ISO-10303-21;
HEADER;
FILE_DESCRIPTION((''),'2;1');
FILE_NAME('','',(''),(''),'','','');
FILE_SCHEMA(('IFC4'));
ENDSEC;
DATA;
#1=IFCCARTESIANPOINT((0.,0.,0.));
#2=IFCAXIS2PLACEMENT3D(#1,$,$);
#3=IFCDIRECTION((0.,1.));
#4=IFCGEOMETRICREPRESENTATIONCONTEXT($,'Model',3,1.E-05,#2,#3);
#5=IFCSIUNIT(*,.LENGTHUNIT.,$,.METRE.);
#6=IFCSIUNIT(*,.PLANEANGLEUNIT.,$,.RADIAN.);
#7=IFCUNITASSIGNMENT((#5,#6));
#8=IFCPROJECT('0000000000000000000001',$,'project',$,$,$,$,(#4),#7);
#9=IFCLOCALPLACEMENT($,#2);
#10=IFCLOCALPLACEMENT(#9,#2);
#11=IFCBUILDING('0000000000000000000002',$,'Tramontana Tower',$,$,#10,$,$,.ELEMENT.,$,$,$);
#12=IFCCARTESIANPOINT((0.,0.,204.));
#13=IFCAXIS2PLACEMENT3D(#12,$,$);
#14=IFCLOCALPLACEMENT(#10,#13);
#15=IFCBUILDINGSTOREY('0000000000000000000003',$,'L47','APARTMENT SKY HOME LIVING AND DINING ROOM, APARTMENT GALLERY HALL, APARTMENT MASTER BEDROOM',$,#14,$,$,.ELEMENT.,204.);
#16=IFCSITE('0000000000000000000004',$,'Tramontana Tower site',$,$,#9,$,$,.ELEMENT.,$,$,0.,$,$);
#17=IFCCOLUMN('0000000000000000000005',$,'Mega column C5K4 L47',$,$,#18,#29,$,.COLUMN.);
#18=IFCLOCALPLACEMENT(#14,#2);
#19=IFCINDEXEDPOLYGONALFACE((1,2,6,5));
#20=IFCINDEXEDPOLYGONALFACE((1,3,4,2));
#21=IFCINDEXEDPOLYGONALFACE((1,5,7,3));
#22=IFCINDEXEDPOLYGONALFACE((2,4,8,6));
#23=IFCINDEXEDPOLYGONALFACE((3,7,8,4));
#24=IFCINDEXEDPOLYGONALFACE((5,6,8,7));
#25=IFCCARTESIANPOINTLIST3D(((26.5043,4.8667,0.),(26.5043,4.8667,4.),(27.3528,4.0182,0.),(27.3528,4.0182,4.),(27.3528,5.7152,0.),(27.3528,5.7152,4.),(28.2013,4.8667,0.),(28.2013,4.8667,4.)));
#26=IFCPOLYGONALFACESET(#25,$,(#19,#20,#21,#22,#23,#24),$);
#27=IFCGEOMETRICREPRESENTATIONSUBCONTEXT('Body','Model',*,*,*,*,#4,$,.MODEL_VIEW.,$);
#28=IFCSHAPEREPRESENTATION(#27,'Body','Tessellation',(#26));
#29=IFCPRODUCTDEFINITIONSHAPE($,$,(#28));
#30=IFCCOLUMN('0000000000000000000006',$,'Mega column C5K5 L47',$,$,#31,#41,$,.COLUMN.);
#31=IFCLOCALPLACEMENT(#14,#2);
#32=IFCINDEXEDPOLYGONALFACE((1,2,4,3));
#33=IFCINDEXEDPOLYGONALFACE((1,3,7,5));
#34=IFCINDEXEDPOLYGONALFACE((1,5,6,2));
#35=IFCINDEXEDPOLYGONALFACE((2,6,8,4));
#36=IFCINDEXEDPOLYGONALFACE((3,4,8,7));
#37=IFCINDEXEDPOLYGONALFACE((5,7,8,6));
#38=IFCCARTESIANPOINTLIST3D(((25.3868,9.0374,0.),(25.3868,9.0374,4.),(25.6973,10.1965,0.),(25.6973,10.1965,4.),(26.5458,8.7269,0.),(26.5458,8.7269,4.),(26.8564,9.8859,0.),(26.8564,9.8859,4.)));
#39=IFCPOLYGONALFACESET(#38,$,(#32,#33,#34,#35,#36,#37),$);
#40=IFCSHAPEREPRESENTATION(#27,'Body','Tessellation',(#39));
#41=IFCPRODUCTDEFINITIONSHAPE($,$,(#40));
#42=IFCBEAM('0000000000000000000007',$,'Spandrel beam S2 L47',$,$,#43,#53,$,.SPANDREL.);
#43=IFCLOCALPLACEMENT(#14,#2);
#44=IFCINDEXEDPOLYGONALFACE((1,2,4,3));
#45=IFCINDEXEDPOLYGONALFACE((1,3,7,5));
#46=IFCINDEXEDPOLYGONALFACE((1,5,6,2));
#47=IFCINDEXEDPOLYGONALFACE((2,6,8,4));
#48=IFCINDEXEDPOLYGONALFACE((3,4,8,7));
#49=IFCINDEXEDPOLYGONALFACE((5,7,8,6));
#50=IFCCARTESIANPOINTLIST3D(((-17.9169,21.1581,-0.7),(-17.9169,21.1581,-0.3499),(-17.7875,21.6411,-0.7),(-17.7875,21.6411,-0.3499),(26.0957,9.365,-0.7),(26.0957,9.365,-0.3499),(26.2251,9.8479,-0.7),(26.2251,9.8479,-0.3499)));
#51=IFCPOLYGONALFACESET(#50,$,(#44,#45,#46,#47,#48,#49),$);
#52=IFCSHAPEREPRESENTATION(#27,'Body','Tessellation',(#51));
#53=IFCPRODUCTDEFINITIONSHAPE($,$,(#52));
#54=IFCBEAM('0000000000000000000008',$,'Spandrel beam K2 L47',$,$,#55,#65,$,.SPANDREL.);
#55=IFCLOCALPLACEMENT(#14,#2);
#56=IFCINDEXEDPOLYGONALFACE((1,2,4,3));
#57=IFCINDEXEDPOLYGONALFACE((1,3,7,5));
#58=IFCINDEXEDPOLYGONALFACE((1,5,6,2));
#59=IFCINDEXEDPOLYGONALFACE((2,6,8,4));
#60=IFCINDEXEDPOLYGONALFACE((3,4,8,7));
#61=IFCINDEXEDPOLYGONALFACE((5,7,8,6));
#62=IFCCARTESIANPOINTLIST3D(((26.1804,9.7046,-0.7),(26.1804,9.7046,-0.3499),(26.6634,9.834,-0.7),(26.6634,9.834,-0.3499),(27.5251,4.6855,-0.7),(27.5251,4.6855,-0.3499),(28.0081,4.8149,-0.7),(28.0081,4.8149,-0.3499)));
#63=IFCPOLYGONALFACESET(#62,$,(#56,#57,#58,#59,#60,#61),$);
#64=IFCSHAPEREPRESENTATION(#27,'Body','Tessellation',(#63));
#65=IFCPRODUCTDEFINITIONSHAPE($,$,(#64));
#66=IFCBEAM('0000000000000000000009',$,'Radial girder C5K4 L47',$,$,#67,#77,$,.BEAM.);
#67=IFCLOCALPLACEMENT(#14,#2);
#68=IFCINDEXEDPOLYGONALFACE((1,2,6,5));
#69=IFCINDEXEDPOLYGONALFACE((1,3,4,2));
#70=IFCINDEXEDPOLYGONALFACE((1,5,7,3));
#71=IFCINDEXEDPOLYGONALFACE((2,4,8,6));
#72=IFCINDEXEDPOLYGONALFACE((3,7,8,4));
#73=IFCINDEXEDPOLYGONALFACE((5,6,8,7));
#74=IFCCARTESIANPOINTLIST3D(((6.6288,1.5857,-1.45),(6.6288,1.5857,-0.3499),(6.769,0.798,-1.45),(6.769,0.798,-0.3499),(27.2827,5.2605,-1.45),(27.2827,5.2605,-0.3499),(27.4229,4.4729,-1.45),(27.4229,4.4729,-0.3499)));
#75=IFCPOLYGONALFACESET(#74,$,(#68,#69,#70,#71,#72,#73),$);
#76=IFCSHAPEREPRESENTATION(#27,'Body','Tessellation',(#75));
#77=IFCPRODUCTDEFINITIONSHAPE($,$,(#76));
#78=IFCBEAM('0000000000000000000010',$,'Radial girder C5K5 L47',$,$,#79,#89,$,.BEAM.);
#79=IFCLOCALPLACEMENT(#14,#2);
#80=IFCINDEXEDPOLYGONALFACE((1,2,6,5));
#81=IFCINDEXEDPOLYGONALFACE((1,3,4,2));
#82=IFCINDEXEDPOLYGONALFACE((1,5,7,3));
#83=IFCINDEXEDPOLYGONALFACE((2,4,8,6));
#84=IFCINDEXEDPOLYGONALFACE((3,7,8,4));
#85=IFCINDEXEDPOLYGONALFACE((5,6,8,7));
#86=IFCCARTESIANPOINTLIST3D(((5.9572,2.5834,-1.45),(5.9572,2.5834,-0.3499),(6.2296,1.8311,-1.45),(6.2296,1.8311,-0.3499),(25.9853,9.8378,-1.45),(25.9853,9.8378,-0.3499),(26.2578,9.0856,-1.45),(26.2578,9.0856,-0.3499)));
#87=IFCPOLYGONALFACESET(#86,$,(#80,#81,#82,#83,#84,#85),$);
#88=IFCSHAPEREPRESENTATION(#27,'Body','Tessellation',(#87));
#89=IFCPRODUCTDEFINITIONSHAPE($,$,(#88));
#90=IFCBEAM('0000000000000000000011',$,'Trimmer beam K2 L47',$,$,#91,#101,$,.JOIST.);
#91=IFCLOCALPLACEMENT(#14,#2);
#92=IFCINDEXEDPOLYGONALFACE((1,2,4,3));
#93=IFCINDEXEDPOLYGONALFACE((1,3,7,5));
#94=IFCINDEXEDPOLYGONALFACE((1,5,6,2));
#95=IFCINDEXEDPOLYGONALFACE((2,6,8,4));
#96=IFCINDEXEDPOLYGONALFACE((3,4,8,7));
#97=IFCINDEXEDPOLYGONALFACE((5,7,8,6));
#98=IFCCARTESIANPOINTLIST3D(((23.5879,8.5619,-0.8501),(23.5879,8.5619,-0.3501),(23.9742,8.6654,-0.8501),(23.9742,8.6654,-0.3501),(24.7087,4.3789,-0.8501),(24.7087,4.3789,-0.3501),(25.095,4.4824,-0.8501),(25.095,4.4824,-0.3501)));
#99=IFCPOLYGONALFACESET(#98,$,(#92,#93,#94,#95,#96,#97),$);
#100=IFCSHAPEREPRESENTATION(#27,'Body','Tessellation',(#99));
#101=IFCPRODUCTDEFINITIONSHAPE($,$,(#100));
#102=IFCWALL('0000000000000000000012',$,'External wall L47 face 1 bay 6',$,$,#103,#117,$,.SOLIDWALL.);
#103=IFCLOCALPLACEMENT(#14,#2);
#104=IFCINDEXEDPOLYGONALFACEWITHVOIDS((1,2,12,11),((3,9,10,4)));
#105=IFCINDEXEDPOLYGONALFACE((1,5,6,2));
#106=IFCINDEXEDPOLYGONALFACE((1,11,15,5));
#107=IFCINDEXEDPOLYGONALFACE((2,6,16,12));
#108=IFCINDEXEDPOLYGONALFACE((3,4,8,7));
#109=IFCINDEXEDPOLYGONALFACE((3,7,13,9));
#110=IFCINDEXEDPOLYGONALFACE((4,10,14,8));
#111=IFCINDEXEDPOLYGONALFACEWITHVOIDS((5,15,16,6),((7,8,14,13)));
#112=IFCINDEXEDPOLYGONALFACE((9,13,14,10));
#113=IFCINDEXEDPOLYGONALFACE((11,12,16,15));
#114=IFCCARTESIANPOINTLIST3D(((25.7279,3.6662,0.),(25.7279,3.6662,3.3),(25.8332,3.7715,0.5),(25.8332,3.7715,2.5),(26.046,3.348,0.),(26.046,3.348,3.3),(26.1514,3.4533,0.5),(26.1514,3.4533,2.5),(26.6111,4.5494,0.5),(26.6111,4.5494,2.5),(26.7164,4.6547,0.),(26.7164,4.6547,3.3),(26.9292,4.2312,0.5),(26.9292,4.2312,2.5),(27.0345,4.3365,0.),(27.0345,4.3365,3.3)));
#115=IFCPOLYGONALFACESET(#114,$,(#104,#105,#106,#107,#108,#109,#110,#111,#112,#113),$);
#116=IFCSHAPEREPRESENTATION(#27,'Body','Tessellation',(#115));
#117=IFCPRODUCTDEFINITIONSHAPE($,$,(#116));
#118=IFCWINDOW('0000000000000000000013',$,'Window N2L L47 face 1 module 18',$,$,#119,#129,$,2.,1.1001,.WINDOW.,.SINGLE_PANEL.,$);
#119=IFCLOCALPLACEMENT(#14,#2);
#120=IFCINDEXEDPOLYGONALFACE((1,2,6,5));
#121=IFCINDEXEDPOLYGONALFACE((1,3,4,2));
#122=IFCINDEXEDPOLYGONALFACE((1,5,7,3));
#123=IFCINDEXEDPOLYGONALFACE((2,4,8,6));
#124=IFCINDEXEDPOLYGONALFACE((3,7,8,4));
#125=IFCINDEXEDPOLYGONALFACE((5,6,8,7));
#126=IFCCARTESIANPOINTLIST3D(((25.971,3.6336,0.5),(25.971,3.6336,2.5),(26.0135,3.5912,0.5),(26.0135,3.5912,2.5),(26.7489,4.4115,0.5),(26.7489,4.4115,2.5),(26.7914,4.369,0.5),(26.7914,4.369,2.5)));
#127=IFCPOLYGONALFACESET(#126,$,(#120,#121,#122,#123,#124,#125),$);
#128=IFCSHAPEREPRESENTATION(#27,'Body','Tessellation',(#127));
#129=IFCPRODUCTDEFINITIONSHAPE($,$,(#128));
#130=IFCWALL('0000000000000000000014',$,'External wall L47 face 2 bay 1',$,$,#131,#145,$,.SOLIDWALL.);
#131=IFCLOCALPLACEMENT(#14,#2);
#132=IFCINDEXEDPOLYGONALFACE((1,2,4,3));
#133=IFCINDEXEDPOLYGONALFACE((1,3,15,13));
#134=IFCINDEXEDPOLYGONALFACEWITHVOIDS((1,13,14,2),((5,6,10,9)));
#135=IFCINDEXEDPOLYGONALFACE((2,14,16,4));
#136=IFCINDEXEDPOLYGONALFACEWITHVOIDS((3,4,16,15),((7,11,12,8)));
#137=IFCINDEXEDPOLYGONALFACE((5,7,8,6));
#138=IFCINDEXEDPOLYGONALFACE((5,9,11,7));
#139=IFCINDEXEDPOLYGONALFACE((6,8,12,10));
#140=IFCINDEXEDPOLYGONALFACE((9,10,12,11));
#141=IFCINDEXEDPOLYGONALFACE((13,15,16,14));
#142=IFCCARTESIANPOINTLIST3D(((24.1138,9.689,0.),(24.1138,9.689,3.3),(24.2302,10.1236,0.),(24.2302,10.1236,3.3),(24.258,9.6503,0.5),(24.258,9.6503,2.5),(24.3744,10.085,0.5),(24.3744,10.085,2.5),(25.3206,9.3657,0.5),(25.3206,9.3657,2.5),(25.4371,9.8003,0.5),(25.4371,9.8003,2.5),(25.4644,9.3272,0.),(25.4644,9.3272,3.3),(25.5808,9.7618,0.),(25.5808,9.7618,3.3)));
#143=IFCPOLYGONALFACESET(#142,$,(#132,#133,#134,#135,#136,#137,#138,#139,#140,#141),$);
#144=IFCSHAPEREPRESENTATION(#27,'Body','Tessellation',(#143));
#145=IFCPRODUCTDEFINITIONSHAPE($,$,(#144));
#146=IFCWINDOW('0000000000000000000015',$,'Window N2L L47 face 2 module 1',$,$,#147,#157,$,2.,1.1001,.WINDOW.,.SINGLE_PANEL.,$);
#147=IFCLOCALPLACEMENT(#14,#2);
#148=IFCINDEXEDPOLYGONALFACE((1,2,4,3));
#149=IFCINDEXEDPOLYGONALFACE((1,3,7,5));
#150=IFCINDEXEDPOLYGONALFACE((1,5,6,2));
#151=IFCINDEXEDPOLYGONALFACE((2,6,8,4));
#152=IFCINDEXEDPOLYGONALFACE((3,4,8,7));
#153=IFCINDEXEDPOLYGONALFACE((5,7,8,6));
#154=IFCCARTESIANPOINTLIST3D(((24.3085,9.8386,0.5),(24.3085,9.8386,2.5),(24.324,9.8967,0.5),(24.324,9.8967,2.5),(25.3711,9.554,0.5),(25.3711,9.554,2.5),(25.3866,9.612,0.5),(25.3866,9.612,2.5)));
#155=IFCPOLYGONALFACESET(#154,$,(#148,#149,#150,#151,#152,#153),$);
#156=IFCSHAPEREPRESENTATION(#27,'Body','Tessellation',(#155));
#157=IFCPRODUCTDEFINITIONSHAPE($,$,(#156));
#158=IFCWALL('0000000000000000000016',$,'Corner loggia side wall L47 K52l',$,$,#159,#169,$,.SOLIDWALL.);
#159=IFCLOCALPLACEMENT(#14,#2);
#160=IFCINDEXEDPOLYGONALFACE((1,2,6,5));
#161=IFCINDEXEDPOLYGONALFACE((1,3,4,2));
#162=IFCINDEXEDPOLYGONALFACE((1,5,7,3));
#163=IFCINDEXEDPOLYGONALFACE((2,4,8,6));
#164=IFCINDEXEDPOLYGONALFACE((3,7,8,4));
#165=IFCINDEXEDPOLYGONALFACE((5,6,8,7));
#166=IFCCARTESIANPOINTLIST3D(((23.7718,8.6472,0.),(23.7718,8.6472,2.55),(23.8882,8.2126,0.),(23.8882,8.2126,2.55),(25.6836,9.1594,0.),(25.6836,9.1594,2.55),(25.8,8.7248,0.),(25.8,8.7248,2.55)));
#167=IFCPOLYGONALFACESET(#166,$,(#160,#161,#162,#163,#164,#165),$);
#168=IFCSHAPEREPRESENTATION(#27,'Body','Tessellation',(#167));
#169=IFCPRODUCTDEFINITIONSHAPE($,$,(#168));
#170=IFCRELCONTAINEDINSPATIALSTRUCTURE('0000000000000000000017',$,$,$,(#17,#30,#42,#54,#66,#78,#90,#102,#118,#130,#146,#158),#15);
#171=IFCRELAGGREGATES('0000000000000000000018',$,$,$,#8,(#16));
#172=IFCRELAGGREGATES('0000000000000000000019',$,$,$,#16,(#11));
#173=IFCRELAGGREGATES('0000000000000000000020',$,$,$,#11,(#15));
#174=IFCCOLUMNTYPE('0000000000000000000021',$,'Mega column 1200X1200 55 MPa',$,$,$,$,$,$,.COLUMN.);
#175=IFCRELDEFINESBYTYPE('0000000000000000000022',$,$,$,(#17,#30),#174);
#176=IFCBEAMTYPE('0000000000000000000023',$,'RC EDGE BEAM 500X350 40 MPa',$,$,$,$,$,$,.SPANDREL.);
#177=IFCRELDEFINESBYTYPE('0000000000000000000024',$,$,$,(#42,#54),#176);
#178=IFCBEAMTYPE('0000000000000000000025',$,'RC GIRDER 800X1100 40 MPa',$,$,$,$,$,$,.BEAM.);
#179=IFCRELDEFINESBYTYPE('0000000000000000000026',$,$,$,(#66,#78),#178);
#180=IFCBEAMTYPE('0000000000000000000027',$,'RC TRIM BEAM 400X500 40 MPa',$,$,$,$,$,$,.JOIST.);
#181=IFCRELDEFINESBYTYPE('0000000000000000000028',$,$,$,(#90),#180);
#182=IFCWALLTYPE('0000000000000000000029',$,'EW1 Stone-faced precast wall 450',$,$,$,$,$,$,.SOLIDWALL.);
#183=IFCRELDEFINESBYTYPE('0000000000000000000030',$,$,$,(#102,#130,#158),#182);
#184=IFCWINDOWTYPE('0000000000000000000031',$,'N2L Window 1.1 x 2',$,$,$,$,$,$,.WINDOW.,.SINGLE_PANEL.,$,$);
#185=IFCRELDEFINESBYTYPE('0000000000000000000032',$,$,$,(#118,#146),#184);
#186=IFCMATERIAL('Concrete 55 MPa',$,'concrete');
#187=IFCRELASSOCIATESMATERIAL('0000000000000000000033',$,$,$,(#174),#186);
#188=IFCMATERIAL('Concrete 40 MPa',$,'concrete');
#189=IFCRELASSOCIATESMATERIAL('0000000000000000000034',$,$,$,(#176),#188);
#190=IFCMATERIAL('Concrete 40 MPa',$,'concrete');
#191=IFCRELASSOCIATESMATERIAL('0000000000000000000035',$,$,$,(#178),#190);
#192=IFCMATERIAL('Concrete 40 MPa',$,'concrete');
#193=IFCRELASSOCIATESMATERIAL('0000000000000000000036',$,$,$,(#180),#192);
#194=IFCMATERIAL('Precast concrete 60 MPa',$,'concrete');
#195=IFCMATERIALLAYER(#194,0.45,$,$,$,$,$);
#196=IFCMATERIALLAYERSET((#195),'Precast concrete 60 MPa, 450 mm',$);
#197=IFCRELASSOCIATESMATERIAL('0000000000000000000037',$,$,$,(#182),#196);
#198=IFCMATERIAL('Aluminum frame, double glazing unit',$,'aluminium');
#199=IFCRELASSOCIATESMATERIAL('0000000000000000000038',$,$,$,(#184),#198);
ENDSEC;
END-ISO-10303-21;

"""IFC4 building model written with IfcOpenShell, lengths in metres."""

from ifc_helpers import new_model, si_unit, direction, frame, frame_2d, origin, origin_2d, place, context, subcontext, project, spatial, rectangle, extrude, material, layer, layer_set, material_profile, profile_set, type_object, element, fill, save


model = new_model("IFC4")

# Units and contexts
model_context = context("Model", 3, precision=1e-05, world=origin(), true_north=direction((0.0, 1.0)))
body_context = subcontext(model_context, "Body", "Model", "MODEL_VIEW")
ifc_project = project(units=[si_unit("LENGTHUNIT", "METRE"), si_unit("PLANEANGLEUNIT", "RADIAN")], contexts=[model_context])

# Site, building, storey
site_placement = place(None, origin())
site = spatial("IfcSite", under=ifc_project, at=site_placement, Name="Tramontana Tower site", CompositionType="ELEMENT", RefElevation=0.0)
building_placement = place(site_placement, origin())
building = spatial("IfcBuilding", under=site, at=building_placement, Name="Tramontana Tower", CompositionType="ELEMENT")
storey_placement = place(building_placement, frame((0.0, 0.0, 204.0)))
storey = spatial("IfcBuildingStorey", under=building, at=storey_placement, Name="L47", Description="APARTMENT SKY HOME LIVING AND DINING ROOM, APARTMENT GALLERY HALL, APARTMENT MASTER BEDROOM", CompositionType="ELEMENT", Elevation=204.0)

# Columns
ifc_material_1 = material(Name="Concrete 55 MPa", Category="concrete")
ifc_material_profile_1 = material_profile(ifc_material_1, rectangle(XDim=1.2, YDim=1.2, at=origin_2d()), Name="Mega column 1200X1200 55 MPa")
ifc_profile_set_1 = profile_set([ifc_material_profile_1], Name="Concrete 55 MPa")
column_type = type_object("IfcColumnType", Name="Mega column 1200X1200 55 MPa", PredefinedType="COLUMN", material=ifc_profile_set_1)
for number, where, z_axis, x_axis, name in (
    (1, (27.3528, 4.8667, 0.0), (0.0, 0.0, 1.0), (0.707107, 0.707107, 0.0), "Mega column C5K4 L47"),
    (2, (26.1216, 9.4617, 0.0), (0.0, 0.0, 1.0), (-0.965926, 0.258819, 0.0), "Mega column C5K5 L47"),
):
    element("IfcColumn", number, at=place(storey_placement, frame(where, z_axis=z_axis, x_axis=x_axis)), inside=storey, type_object=column_type, Name=name, PredefinedType="COLUMN", context=body_context, shape_type="SweptSolid", body=[
        extrude(rectangle(XDim=1.2, YDim=1.2, at=origin_2d()), origin(), (0.0, 0.0, 1.0), 4.0),
    ])

# Beams
ifc_material_2 = material(Name="Concrete 40 MPa", Category="concrete")
ifc_material_profile_2 = material_profile(ifc_material_2, rectangle(XDim=0.5, YDim=0.3501, at=origin_2d()), Name="RC EDGE BEAM 500X350 40 MPa")
ifc_profile_set_2 = profile_set([ifc_material_profile_2], Name="Concrete 40 MPa")
beam_type_1 = type_object("IfcBeamType", Name="RC EDGE BEAM 500X350 40 MPa", PredefinedType="SPANDREL", material=ifc_profile_set_2)
beam_1_placement = place(storey_placement, frame((26.1604, 9.6064, -0.5249), z_axis=(-0.965926, 0.25882, 0.0), x_axis=(-0.25882, -0.965926, 0.0)))
element("IfcBeam", 3, at=beam_1_placement, inside=storey, type_object=beam_type_1, Name="Spandrel beam S2 L47", PredefinedType="SPANDREL", context=body_context, shape_type="SweptSolid", body=[
    extrude(rectangle(XDim=0.5, YDim=0.3501, at=origin_2d()), origin(), (0.0, 0.0, 1.0), 45.5652),
])
beam_2_placement = place(storey_placement, frame((27.7666, 4.7502, -0.5249), z_axis=(-0.258797, 0.965932, 0.0), x_axis=(-0.965932, -0.258797, 0.0)))
element("IfcBeam", 4, at=beam_2_placement, inside=storey, type_object=beam_type_1, Name="Spandrel beam K2 L47", PredefinedType="SPANDREL", context=body_context, shape_type="SweptSolid", body=[
    extrude(rectangle(XDim=0.5, YDim=0.3501, at=origin_2d()), origin(), (0.0, 0.0, 1.0), 5.196),
])
ifc_material_3 = material(Name="Concrete 40 MPa", Category="concrete")
ifc_material_profile_3 = material_profile(ifc_material_3, rectangle(XDim=0.8, YDim=1.1001, at=origin_2d()), Name="RC GIRDER 800X1100 40 MPa")
ifc_profile_set_3 = profile_set([ifc_material_profile_3], Name="Concrete 40 MPa")
beam_type_2 = type_object("IfcBeamType", Name="RC GIRDER 800X1100 40 MPa", PredefinedType="BEAM", material=ifc_profile_set_3)
beam_3_placement = place(storey_placement, frame((27.3528, 4.8667, -0.8999), z_axis=(-0.984538, -0.175173, 0.0), x_axis=(0.175173, -0.984538, 0.0)))
element("IfcBeam", 5, at=beam_3_placement, inside=storey, type_object=beam_type_2, Name="Radial girder C5K4 L47", PredefinedType="BEAM", context=body_context, shape_type="SweptSolid", body=[
    extrude(rectangle(XDim=0.8, YDim=1.1001, at=origin_2d()), origin(), (0.0, 0.0, 1.0), 20.9783),
])
beam_4_placement = place(storey_placement, frame((26.1216, 9.4617, -0.8999), z_axis=(-0.940223, -0.340559, 0.0), x_axis=(0.340559, -0.940223, 0.0)))
element("IfcBeam", 6, at=beam_4_placement, inside=storey, type_object=beam_type_2, Name="Radial girder C5K5 L47", PredefinedType="BEAM", context=body_context, shape_type="SweptSolid", body=[
    extrude(rectangle(XDim=0.8, YDim=1.1001, at=origin_2d()), origin(), (0.0, 0.0, 1.0), 21.3015),
])
ifc_material_4 = material(Name="Concrete 40 MPa", Category="concrete")
ifc_material_profile_4 = material_profile(ifc_material_4, rectangle(XDim=0.3999, YDim=0.5, at=origin_2d()), Name="RC TRIM BEAM 400X500 40 MPa")
ifc_profile_set_4 = profile_set([ifc_material_profile_4], Name="Concrete 40 MPa")
beam_type_3 = type_object("IfcBeamType", Name="RC TRIM BEAM 400X500 40 MPa", PredefinedType="JOIST", material=ifc_profile_set_4)
beam_5_placement = place(storey_placement, frame((24.9019, 4.4307, -0.6001), z_axis=(-0.258817, 0.965926, 0.0), x_axis=(-0.965926, -0.258817, 0.0)))
element("IfcBeam", 7, at=beam_5_placement, inside=storey, type_object=beam_type_3, Name="Trimmer beam K2 L47", PredefinedType="JOIST", context=body_context, shape_type="SweptSolid", body=[
    extrude(rectangle(XDim=0.3999, YDim=0.5, at=origin_2d()), origin(), (0.0, 0.0, 1.0), 4.3306),
])

# Walls, openings, windows
ifc_material_5 = material(Name="Precast concrete 60 MPa", Category="concrete")
ifc_layer_1 = layer(ifc_material_5, 0.45)
ifc_layer_set_1 = layer_set([ifc_layer_1], Name="Precast concrete 60 MPa, 450 mm")
wall_type_1 = type_object("IfcWallType", Name="EW1 Stone-faced precast wall 450", PredefinedType="SOLIDWALL", material=ifc_layer_set_1)
wall_1_placement = place(storey_placement, frame((25.887, 3.5071, 0.0), z_axis=(0.0, 0.0, 1.0), x_axis=(0.707107, 0.707107, 0.0)))
wall_1 = element("IfcWall", 8, at=wall_1_placement, inside=storey, type_object=wall_type_1, Name="External wall L47 face 1 bay 6", PredefinedType="SOLIDWALL", context=body_context, shape_type="SweptSolid", body=[
    extrude(rectangle(XDim=1.3979, YDim=0.45, at=frame_2d((0.699, 0.0))), origin(), (0.0, 0.0, 1.0), 3.3),
])
opening_1_placement = place(wall_1_placement, frame((0.1489, 0.0, 0.5)))
opening_1 = element("IfcOpeningElement", 9, at=opening_1_placement, cuts=wall_1, PredefinedType="OPENING", context=body_context, shape_type="SweptSolid", body=[
    extrude(rectangle(XDim=1.1001, YDim=2.0, at=frame_2d((0.55, 1.0))), frame((0.0, 0.2349, 0.0), z_axis=(0.0, -1.0, 0.0), x_axis=(1.0, 0.0, 0.0)), (0.0, 0.0, 1.0), 0.47),
])
ifc_material_6 = material(Name="Aluminum frame, double glazing unit", Category="aluminium")
window_type = type_object("IfcWindowType", Name="N2L Window 1.1 x 2", PartitioningType="SINGLE_PANEL", PredefinedType="WINDOW", material=ifc_material_6)
window_1_placement = place(opening_1_placement, origin())
window_1 = element("IfcWindow", 10, at=window_1_placement, inside=storey, type_object=window_type, Name="Window N2L L47 face 1 module 18", OverallHeight=2.0, OverallWidth=1.1001, PartitioningType="SINGLE_PANEL", PredefinedType="WINDOW", context=body_context, shape_type="SweptSolid", body=[
    extrude(rectangle(XDim=1.1001, YDim=2.0, at=frame_2d((0.55, 1.0))), frame((0.0, 0.03, 0.0), z_axis=(0.0, -1.0, 0.0), x_axis=(1.0, 0.0, 0.0)), (0.0, 0.0, 1.0), 0.0601),
])
fill(opening_1, window_1)
wall_2_placement = place(storey_placement, frame((25.5227, 9.5444, 0.0), z_axis=(0.0, 0.0, 1.0), x_axis=(-0.965939, 0.258771, 0.0)))
wall_2 = element("IfcWall", 11, at=wall_2_placement, inside=storey, type_object=wall_type_1, Name="External wall L47 face 2 bay 1", PredefinedType="SOLIDWALL", context=body_context, shape_type="SweptSolid", body=[
    extrude(rectangle(XDim=1.3982, YDim=0.45, at=frame_2d((0.6992, 0.0))), origin(), (0.0, 0.0, 1.0), 3.3),
])
opening_2_placement = place(wall_2_placement, frame((0.1489, 0.0, 0.5)))
opening_2 = element("IfcOpeningElement", 12, at=opening_2_placement, cuts=wall_2, PredefinedType="OPENING", context=body_context, shape_type="SweptSolid", body=[
    extrude(rectangle(XDim=1.1001, YDim=2.0, at=frame_2d((0.55, 1.0))), frame((0.0, 0.2349, 0.0), z_axis=(0.0, -1.0, 0.0), x_axis=(1.0, 0.0, 0.0)), (0.0, 0.0, 1.0), 0.47),
])
window_2_placement = place(opening_2_placement, origin())
window_2 = element("IfcWindow", 13, at=window_2_placement, inside=storey, type_object=window_type, Name="Window N2L L47 face 2 module 1", OverallHeight=2.0, OverallWidth=1.1001, PartitioningType="SINGLE_PANEL", PredefinedType="WINDOW", context=body_context, shape_type="SweptSolid", body=[
    extrude(rectangle(XDim=1.1001, YDim=2.0, at=frame_2d((0.55, 1.0))), frame((0.0, 0.03, 0.0), z_axis=(0.0, -1.0, 0.0), x_axis=(1.0, 0.0, 0.0)), (0.0, 0.0, 1.0), 0.0601),
])
fill(opening_2, window_2)

# Wall
wall_3_placement = place(storey_placement, frame((25.7419, 8.9421, 0.0), z_axis=(0.0, 0.0, 1.0), x_axis=(-0.965935, -0.258783, 0.0)))
element("IfcWall", 14, at=wall_3_placement, inside=storey, type_object=wall_type_1, Name="Corner loggia side wall L47 K52l", PredefinedType="SOLIDWALL", context=body_context, shape_type="SweptSolid", body=[
    extrude(rectangle(XDim=1.9792, YDim=0.45, at=frame_2d((0.9897, 0.0))), origin(), (0.0, 0.0, 1.0), 2.55),
])

save(model, "model.ifc")
